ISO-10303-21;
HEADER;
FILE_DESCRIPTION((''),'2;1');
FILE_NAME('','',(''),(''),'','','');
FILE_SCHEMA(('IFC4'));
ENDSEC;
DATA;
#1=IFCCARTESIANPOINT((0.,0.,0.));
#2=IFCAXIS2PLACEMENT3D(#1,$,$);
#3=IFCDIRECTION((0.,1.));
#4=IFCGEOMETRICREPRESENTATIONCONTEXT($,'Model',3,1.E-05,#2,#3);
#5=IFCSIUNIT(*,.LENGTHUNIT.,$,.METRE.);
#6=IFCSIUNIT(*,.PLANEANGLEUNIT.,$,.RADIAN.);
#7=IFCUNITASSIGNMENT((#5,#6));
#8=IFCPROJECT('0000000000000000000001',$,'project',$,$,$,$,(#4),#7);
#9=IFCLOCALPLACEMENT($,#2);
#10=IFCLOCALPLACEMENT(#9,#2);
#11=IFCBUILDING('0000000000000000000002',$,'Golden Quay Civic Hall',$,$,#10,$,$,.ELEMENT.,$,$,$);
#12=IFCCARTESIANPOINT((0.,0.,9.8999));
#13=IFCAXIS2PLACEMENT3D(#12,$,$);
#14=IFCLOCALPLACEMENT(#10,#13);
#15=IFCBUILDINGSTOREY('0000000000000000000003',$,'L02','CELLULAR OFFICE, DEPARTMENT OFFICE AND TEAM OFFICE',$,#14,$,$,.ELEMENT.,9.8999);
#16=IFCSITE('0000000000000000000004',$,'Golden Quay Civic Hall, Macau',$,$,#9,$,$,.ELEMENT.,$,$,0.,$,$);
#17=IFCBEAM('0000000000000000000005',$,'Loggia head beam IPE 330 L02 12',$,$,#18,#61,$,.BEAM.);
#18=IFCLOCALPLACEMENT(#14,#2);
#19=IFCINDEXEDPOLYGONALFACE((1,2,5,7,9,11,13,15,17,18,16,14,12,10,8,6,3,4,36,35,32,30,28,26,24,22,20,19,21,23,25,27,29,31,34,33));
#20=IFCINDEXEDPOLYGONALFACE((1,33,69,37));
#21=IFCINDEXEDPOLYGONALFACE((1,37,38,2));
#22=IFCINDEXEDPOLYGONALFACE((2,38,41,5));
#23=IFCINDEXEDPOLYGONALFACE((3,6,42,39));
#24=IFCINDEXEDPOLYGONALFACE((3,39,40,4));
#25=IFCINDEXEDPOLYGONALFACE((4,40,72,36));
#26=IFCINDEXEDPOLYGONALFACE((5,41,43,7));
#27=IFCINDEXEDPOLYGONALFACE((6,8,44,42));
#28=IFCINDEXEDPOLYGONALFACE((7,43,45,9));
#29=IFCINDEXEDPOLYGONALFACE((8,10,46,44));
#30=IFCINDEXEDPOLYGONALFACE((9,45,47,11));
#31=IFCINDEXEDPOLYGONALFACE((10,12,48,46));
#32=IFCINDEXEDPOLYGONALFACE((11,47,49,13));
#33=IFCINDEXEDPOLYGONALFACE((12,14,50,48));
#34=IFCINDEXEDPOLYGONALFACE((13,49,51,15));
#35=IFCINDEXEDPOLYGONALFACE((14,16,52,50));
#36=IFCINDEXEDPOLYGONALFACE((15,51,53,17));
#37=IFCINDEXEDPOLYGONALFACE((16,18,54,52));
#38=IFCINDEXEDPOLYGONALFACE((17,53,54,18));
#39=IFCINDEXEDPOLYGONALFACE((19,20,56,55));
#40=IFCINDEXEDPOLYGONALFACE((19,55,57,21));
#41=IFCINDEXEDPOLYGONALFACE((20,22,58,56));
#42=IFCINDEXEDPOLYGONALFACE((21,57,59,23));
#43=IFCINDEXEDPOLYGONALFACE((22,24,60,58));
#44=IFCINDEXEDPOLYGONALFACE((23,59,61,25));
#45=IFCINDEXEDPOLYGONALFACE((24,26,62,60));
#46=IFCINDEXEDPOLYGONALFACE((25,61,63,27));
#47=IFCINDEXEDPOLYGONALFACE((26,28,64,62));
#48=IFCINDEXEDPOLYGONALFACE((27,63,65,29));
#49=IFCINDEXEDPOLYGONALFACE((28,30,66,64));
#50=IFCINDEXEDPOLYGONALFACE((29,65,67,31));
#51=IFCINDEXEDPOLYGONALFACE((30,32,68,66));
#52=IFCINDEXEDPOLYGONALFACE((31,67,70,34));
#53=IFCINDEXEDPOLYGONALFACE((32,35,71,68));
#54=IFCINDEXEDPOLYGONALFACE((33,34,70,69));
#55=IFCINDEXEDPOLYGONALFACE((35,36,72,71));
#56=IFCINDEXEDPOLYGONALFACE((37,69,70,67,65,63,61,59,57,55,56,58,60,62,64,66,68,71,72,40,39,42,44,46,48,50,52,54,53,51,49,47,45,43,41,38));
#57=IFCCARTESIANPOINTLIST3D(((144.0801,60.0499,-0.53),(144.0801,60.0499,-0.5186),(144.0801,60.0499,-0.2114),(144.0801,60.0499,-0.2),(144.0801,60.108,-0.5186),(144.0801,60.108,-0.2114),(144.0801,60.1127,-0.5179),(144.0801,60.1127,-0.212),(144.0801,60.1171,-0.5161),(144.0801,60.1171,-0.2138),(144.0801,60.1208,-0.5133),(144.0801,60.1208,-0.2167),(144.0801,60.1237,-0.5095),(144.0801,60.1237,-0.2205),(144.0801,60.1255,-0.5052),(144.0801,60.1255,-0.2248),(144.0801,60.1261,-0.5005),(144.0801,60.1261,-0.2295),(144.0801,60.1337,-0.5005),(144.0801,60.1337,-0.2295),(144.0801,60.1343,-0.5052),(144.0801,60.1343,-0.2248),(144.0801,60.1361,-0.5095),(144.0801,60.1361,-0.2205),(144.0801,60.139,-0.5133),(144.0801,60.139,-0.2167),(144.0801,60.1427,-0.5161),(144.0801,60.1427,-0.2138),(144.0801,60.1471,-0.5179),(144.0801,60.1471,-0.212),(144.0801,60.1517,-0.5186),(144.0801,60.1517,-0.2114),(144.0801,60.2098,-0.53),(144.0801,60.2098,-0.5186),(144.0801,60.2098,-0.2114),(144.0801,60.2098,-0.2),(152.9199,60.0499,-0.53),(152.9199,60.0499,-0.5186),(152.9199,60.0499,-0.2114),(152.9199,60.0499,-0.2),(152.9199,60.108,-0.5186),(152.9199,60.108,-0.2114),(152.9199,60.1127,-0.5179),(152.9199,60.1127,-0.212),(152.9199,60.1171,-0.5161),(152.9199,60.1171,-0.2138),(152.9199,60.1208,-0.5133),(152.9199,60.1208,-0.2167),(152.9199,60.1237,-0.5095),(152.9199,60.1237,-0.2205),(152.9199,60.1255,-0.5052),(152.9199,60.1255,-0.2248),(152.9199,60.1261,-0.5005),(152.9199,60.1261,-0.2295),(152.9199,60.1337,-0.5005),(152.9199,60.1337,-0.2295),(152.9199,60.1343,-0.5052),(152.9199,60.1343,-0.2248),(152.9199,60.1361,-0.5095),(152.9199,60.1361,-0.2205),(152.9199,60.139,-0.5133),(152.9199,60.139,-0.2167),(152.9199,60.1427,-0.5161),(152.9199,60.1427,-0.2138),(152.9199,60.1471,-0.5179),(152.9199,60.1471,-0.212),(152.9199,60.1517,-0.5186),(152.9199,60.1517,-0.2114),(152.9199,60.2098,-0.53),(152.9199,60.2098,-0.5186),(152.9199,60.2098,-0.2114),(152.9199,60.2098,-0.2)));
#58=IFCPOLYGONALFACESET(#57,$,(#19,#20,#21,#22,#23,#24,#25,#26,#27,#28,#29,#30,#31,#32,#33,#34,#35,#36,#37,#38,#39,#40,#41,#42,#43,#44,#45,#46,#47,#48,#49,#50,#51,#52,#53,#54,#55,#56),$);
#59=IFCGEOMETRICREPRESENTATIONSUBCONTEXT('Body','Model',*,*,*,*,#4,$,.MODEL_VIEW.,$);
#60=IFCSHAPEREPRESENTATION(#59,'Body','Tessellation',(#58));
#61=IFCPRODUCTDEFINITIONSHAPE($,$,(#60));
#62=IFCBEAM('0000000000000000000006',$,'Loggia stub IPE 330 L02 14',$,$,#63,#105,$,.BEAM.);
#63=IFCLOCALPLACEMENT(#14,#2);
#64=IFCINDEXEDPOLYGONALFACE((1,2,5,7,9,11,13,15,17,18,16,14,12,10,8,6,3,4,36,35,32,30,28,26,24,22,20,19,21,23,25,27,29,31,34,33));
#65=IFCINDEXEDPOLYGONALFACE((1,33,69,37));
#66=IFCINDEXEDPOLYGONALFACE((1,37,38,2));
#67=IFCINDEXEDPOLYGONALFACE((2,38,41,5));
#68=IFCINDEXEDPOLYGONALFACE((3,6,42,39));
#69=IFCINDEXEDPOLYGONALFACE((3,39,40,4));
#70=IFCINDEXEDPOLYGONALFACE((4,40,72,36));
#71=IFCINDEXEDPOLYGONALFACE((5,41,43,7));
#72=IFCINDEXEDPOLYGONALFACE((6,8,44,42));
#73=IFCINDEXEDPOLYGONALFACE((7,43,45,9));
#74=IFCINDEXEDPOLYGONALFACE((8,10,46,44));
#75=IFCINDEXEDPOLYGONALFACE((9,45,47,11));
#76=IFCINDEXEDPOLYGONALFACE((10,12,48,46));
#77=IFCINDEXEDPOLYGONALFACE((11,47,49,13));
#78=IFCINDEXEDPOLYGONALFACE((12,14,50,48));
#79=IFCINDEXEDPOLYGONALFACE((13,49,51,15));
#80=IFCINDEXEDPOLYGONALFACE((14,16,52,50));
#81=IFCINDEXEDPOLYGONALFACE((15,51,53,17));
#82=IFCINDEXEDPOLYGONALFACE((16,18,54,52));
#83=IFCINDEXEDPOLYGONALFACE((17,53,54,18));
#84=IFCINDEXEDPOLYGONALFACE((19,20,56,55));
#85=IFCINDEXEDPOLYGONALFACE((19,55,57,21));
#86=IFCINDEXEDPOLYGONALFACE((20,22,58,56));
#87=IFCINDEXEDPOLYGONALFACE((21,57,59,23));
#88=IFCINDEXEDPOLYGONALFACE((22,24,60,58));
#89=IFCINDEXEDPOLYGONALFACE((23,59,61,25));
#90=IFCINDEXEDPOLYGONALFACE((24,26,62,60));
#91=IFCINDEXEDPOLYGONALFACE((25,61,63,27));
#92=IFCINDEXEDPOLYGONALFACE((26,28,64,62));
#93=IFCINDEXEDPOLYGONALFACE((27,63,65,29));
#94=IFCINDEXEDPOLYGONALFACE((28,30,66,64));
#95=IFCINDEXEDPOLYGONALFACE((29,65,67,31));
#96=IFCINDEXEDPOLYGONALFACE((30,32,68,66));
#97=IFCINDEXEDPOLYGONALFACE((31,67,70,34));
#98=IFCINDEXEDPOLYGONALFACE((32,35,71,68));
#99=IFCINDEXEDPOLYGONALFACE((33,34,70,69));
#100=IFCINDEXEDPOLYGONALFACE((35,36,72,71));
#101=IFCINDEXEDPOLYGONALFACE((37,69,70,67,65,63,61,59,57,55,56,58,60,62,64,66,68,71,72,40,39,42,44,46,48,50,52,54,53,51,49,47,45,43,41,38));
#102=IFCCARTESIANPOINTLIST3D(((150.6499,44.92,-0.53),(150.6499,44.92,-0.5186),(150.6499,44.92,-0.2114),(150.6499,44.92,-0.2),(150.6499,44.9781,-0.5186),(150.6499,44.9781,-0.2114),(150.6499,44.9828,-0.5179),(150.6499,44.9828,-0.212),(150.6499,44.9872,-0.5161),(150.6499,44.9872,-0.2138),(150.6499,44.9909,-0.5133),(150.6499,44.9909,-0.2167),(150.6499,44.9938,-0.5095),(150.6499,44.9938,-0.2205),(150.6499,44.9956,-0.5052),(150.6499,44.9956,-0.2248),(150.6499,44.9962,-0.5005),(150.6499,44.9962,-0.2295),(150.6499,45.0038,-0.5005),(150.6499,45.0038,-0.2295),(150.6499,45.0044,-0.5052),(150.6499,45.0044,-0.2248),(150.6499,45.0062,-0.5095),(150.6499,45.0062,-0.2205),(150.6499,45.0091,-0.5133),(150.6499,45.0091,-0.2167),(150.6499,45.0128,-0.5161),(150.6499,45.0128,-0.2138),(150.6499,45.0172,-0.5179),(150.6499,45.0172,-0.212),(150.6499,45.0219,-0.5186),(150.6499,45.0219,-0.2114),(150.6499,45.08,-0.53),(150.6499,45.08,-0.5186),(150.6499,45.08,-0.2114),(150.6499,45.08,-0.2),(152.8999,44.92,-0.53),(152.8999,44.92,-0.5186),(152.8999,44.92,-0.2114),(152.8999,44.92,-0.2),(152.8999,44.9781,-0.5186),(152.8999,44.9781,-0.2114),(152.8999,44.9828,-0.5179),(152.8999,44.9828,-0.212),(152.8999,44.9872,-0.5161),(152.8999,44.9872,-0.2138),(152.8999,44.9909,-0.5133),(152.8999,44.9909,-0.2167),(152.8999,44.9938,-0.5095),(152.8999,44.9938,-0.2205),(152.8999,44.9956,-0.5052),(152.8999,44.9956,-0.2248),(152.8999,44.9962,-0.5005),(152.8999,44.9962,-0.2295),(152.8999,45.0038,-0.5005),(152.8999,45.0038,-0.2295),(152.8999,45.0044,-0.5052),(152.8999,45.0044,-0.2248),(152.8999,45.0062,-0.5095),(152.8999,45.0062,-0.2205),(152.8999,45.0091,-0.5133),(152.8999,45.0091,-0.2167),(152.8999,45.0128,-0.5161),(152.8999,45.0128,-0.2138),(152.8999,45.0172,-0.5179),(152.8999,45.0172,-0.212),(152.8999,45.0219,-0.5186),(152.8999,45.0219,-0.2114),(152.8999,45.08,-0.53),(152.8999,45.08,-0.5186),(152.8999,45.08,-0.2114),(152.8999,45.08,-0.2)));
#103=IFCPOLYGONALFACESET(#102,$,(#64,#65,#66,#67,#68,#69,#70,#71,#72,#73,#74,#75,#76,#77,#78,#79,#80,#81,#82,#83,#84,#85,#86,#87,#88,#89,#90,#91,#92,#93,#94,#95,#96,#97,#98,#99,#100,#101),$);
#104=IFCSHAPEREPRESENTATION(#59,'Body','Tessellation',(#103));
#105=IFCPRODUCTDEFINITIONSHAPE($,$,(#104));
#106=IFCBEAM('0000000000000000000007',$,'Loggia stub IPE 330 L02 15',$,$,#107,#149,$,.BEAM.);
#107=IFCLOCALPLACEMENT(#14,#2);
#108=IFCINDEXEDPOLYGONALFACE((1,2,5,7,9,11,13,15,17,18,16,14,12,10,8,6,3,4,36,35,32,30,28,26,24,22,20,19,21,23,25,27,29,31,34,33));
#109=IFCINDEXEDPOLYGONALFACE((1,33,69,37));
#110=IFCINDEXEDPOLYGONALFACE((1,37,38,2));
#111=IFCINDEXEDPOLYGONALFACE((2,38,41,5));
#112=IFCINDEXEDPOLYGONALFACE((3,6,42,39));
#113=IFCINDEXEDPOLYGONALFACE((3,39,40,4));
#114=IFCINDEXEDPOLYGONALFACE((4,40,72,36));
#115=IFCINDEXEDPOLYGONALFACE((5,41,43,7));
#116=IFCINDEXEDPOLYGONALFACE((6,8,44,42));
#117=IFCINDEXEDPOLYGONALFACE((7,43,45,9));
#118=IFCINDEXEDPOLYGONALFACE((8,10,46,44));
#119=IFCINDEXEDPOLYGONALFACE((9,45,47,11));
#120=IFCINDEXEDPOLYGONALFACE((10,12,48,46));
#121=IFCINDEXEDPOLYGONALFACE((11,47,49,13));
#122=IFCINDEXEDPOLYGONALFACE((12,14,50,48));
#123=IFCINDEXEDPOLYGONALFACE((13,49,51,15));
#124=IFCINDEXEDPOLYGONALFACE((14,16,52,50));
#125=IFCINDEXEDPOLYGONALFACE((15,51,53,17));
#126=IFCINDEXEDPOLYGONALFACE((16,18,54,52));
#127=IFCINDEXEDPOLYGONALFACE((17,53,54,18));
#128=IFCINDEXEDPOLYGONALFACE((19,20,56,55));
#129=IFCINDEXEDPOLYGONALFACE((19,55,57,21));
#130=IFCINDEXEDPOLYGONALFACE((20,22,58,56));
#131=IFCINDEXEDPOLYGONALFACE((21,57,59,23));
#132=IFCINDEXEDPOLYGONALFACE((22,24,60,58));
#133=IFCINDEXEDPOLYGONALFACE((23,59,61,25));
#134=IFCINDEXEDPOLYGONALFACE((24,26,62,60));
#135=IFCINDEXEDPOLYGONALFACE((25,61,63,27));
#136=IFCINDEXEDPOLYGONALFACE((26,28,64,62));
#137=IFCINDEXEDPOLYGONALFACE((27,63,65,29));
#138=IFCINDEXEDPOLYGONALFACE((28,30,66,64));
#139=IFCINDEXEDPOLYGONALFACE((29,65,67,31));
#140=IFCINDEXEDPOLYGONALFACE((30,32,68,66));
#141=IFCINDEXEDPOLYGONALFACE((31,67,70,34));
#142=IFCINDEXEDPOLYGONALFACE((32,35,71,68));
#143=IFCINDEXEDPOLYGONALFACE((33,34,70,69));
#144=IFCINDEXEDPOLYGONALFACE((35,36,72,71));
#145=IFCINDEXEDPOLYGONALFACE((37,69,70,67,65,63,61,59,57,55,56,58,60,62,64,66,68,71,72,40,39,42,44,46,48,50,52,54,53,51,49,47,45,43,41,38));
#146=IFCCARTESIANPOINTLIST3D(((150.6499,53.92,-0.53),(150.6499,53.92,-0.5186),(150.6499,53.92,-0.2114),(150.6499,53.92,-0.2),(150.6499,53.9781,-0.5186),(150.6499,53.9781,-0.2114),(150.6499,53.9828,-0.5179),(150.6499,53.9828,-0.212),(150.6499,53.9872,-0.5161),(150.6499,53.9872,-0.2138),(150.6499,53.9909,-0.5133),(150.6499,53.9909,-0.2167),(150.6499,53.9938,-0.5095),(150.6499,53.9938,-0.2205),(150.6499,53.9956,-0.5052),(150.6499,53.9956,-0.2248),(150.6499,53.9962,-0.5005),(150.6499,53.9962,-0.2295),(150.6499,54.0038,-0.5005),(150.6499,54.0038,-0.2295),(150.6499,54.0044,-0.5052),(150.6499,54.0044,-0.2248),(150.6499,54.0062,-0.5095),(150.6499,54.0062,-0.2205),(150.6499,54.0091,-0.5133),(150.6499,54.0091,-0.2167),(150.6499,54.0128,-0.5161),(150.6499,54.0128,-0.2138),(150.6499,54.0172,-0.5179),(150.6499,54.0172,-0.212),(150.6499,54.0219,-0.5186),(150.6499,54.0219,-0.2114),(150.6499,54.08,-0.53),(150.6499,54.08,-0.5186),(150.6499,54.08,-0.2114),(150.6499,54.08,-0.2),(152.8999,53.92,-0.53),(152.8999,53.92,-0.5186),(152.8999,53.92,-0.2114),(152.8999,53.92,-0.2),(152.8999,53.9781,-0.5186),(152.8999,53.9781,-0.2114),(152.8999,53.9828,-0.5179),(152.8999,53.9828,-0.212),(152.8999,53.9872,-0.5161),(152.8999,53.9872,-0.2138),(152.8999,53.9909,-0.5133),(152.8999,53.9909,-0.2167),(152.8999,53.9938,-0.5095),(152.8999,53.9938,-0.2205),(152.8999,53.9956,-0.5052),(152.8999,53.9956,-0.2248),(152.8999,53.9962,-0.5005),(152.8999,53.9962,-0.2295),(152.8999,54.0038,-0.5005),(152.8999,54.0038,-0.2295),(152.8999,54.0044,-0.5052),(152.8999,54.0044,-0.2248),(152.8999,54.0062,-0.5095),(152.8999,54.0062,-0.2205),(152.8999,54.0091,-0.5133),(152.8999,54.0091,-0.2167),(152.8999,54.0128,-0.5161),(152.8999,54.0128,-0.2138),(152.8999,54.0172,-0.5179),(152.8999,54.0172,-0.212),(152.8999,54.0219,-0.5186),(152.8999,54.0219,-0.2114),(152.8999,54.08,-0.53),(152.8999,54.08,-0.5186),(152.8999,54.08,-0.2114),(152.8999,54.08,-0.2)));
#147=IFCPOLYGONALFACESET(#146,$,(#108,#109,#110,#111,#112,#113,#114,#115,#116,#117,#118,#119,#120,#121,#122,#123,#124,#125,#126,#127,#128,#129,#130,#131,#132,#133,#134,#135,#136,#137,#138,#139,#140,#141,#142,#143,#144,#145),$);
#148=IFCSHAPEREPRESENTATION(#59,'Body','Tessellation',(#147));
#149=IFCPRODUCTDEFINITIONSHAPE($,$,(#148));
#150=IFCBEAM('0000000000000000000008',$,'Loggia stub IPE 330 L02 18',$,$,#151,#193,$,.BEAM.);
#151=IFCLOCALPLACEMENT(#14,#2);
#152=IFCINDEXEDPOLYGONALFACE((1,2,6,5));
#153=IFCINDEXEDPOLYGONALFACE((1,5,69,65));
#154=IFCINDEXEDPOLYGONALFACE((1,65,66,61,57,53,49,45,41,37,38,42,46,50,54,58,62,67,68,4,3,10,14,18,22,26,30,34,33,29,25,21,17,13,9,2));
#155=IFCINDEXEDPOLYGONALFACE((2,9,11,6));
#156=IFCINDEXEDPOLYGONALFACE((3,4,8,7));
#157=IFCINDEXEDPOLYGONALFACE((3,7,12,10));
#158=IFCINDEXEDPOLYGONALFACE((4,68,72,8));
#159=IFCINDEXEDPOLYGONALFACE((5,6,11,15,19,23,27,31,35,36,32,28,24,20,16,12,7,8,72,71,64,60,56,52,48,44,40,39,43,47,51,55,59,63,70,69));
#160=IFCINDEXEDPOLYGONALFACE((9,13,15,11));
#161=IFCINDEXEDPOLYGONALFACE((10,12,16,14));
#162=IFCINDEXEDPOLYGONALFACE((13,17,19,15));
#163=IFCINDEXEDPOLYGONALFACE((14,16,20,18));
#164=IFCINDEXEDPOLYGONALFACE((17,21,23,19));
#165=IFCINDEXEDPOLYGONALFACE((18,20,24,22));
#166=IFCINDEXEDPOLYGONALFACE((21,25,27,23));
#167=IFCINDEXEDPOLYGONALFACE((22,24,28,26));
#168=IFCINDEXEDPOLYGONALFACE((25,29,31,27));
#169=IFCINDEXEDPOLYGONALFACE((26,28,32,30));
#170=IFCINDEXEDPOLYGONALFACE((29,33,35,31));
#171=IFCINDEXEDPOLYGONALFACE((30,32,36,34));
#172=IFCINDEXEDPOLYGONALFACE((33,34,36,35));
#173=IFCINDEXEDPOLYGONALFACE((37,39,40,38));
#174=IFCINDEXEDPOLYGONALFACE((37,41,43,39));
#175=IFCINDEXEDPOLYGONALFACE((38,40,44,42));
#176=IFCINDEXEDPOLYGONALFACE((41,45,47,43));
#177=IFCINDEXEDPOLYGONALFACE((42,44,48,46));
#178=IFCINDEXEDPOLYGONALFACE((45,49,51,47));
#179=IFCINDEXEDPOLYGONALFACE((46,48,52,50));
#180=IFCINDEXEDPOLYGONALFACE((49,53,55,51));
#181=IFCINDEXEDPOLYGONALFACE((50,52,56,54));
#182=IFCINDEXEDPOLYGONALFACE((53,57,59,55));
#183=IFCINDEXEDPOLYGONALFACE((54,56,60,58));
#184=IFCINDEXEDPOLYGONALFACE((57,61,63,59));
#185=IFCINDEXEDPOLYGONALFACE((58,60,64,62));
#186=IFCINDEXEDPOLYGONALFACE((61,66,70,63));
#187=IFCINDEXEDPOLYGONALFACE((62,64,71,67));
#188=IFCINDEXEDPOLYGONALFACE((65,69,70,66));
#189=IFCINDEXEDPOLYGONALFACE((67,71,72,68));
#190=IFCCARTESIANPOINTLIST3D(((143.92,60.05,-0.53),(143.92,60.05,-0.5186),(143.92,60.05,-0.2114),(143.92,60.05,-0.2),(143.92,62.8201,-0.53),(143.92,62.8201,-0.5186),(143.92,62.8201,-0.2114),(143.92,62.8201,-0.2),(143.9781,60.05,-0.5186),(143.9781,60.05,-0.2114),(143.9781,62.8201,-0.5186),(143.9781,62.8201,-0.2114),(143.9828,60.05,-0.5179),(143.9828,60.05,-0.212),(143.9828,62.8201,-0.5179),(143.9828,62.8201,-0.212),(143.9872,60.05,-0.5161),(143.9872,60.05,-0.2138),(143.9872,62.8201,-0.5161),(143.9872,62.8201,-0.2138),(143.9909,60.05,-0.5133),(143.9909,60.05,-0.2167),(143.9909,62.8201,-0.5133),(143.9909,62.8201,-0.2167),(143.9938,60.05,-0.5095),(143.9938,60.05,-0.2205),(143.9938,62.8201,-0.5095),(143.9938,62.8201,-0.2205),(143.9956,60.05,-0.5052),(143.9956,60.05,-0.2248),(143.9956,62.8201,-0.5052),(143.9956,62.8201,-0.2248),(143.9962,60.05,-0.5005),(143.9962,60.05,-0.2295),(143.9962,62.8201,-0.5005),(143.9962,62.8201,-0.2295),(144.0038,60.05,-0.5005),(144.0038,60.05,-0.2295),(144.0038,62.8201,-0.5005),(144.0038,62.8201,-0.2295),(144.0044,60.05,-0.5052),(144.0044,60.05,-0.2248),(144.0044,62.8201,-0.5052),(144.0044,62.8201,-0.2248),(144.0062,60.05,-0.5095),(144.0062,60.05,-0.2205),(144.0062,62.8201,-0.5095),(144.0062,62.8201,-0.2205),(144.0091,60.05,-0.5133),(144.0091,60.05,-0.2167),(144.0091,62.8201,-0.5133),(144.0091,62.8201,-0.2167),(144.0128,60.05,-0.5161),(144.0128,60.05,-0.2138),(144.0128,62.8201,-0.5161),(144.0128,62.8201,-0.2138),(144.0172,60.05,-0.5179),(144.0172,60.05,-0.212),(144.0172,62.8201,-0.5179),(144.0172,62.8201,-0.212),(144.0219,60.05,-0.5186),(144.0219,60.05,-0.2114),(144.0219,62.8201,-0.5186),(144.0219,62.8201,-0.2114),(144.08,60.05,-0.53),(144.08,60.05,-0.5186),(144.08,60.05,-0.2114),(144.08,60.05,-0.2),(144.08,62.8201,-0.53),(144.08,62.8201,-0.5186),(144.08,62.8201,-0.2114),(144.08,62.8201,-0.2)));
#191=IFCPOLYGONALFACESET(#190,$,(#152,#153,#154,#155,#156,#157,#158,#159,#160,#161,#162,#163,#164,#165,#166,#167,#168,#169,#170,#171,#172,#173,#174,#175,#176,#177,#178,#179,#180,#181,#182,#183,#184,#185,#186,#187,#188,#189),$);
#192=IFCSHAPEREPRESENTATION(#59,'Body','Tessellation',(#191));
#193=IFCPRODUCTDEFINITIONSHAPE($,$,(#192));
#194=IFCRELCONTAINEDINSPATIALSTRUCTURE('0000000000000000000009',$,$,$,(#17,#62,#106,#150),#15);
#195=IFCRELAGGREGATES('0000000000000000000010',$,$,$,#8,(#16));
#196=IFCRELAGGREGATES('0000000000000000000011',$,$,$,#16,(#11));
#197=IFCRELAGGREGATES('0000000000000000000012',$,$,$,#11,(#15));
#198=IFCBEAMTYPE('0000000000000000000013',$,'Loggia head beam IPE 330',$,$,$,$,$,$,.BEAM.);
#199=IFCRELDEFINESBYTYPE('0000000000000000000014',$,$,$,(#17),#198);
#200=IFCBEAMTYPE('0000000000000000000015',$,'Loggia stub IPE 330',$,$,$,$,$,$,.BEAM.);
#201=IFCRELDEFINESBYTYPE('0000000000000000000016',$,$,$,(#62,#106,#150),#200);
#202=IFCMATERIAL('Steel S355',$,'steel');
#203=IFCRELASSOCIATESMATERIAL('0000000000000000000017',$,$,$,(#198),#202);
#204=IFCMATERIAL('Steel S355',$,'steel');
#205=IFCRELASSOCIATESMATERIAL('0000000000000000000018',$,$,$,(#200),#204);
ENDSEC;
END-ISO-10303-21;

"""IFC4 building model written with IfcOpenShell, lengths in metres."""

from ifc_helpers import new_model, si_unit, direction, frame, origin, origin_2d, place, context, subcontext, project, spatial, i_section, extrude, material, material_profile, profile_set, type_object, element, save


model = new_model("IFC4")

# Units and contexts
model_context = context("Model", 3, precision=1e-05, world=origin(), true_north=direction((0.0, 1.0)))
body_context = subcontext(model_context, "Body", "Model", "MODEL_VIEW")
ifc_project = project(units=[si_unit("LENGTHUNIT", "METRE"), si_unit("PLANEANGLEUNIT", "RADIAN")], contexts=[model_context])

# Site, building, storey
site_placement = place(None, origin())
site = spatial("IfcSite", under=ifc_project, at=site_placement, Name="Golden Quay Civic Hall, Macau", CompositionType="ELEMENT", RefElevation=0.0)
building_placement = place(site_placement, origin())
building = spatial("IfcBuilding", under=site, at=building_placement, Name="Golden Quay Civic Hall", CompositionType="ELEMENT")
storey_placement = place(building_placement, frame((0.0, 0.0, 9.8999)))
storey = spatial("IfcBuildingStorey", under=building, at=storey_placement, Name="L02", Description="CELLULAR OFFICE, DEPARTMENT OFFICE AND TEAM OFFICE", CompositionType="ELEMENT", Elevation=9.8999)

# Beams
ifc_material_1 = material(Name="Steel S355", Category="steel")
ifc_material_profile_1 = material_profile(ifc_material_1, i_section(OverallWidth=0.1599, OverallDepth=0.3301, WebThickness=0.0076, FlangeThickness=0.0115, FilletRadius=0.0181, at=origin_2d()), Name="IPE 330")
ifc_profile_set_1 = profile_set([ifc_material_profile_1], Name="Steel S355")
beam_type_1 = type_object("IfcBeamType", Name="Loggia head beam IPE 330", PredefinedType="BEAM", material=ifc_profile_set_1)
for number, where, z_axis, x_axis, name in (
    (1, (144.0801, 60.1299, -0.365), (1.0, 0.0, 0.0), (0.0, 1.0, 0.0), "Loggia head beam IPE 330 L02 12"),
):
    element("IfcBeam", number, at=place(storey_placement, frame(where, z_axis=z_axis, x_axis=x_axis)), inside=storey, type_object=beam_type_1, Name=name, PredefinedType="BEAM", context=body_context, shape_type="SweptSolid", body=[
        extrude(i_section(OverallWidth=0.1599, OverallDepth=0.3301, WebThickness=0.0076, FlangeThickness=0.0115, FilletRadius=0.0181, at=origin_2d()), origin(), (0.0, 0.0, 1.0), 8.8398),
    ])
ifc_material_2 = material(Name="Steel S355", Category="steel")
ifc_material_profile_2 = material_profile(ifc_material_2, i_section(OverallWidth=0.1599, OverallDepth=0.3301, WebThickness=0.0076, FlangeThickness=0.0115, FilletRadius=0.0181, at=origin_2d()), Name="IPE 330")
ifc_profile_set_2 = profile_set([ifc_material_profile_2], Name="Steel S355")
beam_type_2 = type_object("IfcBeamType", Name="Loggia stub IPE 330", PredefinedType="BEAM", material=ifc_profile_set_2)
for number, where, z_axis, x_axis, name in (
    (2, (152.8999, 45.0, -0.365), (-1.0, 0.0, 0.0), (0.0, -1.0, 0.0), "Loggia stub IPE 330 L02 14"),
    (3, (152.8999, 54.0, -0.365), (-1.0, 0.0, 0.0), (0.0, -1.0, 0.0), "Loggia stub IPE 330 L02 15"),
):
    element("IfcBeam", number, at=place(storey_placement, frame(where, z_axis=z_axis, x_axis=x_axis)), inside=storey, type_object=beam_type_2, Name=name, PredefinedType="BEAM", context=body_context, shape_type="SweptSolid", body=[
        extrude(i_section(OverallWidth=0.1599, OverallDepth=0.3301, WebThickness=0.0076, FlangeThickness=0.0115, FilletRadius=0.0181, at=origin_2d()), origin(), (0.0, 0.0, 1.0), 2.25),
    ])
for number, where, z_axis, x_axis, name in (
    (4, (144.0, 62.8201, -0.365), (0.0, -1.0, 0.0), (1.0, 0.0, 0.0), "Loggia stub IPE 330 L02 18"),
):
    element("IfcBeam", number, at=place(storey_placement, frame(where, z_axis=z_axis, x_axis=x_axis)), inside=storey, type_object=beam_type_2, Name=name, PredefinedType="BEAM", context=body_context, shape_type="SweptSolid", body=[
        extrude(i_section(OverallWidth=0.1599, OverallDepth=0.3301, WebThickness=0.0076, FlangeThickness=0.0115, FilletRadius=0.0181, at=origin_2d()), origin(), (0.0, 0.0, 1.0), 2.77),
    ])

save(model, "model.ifc")
